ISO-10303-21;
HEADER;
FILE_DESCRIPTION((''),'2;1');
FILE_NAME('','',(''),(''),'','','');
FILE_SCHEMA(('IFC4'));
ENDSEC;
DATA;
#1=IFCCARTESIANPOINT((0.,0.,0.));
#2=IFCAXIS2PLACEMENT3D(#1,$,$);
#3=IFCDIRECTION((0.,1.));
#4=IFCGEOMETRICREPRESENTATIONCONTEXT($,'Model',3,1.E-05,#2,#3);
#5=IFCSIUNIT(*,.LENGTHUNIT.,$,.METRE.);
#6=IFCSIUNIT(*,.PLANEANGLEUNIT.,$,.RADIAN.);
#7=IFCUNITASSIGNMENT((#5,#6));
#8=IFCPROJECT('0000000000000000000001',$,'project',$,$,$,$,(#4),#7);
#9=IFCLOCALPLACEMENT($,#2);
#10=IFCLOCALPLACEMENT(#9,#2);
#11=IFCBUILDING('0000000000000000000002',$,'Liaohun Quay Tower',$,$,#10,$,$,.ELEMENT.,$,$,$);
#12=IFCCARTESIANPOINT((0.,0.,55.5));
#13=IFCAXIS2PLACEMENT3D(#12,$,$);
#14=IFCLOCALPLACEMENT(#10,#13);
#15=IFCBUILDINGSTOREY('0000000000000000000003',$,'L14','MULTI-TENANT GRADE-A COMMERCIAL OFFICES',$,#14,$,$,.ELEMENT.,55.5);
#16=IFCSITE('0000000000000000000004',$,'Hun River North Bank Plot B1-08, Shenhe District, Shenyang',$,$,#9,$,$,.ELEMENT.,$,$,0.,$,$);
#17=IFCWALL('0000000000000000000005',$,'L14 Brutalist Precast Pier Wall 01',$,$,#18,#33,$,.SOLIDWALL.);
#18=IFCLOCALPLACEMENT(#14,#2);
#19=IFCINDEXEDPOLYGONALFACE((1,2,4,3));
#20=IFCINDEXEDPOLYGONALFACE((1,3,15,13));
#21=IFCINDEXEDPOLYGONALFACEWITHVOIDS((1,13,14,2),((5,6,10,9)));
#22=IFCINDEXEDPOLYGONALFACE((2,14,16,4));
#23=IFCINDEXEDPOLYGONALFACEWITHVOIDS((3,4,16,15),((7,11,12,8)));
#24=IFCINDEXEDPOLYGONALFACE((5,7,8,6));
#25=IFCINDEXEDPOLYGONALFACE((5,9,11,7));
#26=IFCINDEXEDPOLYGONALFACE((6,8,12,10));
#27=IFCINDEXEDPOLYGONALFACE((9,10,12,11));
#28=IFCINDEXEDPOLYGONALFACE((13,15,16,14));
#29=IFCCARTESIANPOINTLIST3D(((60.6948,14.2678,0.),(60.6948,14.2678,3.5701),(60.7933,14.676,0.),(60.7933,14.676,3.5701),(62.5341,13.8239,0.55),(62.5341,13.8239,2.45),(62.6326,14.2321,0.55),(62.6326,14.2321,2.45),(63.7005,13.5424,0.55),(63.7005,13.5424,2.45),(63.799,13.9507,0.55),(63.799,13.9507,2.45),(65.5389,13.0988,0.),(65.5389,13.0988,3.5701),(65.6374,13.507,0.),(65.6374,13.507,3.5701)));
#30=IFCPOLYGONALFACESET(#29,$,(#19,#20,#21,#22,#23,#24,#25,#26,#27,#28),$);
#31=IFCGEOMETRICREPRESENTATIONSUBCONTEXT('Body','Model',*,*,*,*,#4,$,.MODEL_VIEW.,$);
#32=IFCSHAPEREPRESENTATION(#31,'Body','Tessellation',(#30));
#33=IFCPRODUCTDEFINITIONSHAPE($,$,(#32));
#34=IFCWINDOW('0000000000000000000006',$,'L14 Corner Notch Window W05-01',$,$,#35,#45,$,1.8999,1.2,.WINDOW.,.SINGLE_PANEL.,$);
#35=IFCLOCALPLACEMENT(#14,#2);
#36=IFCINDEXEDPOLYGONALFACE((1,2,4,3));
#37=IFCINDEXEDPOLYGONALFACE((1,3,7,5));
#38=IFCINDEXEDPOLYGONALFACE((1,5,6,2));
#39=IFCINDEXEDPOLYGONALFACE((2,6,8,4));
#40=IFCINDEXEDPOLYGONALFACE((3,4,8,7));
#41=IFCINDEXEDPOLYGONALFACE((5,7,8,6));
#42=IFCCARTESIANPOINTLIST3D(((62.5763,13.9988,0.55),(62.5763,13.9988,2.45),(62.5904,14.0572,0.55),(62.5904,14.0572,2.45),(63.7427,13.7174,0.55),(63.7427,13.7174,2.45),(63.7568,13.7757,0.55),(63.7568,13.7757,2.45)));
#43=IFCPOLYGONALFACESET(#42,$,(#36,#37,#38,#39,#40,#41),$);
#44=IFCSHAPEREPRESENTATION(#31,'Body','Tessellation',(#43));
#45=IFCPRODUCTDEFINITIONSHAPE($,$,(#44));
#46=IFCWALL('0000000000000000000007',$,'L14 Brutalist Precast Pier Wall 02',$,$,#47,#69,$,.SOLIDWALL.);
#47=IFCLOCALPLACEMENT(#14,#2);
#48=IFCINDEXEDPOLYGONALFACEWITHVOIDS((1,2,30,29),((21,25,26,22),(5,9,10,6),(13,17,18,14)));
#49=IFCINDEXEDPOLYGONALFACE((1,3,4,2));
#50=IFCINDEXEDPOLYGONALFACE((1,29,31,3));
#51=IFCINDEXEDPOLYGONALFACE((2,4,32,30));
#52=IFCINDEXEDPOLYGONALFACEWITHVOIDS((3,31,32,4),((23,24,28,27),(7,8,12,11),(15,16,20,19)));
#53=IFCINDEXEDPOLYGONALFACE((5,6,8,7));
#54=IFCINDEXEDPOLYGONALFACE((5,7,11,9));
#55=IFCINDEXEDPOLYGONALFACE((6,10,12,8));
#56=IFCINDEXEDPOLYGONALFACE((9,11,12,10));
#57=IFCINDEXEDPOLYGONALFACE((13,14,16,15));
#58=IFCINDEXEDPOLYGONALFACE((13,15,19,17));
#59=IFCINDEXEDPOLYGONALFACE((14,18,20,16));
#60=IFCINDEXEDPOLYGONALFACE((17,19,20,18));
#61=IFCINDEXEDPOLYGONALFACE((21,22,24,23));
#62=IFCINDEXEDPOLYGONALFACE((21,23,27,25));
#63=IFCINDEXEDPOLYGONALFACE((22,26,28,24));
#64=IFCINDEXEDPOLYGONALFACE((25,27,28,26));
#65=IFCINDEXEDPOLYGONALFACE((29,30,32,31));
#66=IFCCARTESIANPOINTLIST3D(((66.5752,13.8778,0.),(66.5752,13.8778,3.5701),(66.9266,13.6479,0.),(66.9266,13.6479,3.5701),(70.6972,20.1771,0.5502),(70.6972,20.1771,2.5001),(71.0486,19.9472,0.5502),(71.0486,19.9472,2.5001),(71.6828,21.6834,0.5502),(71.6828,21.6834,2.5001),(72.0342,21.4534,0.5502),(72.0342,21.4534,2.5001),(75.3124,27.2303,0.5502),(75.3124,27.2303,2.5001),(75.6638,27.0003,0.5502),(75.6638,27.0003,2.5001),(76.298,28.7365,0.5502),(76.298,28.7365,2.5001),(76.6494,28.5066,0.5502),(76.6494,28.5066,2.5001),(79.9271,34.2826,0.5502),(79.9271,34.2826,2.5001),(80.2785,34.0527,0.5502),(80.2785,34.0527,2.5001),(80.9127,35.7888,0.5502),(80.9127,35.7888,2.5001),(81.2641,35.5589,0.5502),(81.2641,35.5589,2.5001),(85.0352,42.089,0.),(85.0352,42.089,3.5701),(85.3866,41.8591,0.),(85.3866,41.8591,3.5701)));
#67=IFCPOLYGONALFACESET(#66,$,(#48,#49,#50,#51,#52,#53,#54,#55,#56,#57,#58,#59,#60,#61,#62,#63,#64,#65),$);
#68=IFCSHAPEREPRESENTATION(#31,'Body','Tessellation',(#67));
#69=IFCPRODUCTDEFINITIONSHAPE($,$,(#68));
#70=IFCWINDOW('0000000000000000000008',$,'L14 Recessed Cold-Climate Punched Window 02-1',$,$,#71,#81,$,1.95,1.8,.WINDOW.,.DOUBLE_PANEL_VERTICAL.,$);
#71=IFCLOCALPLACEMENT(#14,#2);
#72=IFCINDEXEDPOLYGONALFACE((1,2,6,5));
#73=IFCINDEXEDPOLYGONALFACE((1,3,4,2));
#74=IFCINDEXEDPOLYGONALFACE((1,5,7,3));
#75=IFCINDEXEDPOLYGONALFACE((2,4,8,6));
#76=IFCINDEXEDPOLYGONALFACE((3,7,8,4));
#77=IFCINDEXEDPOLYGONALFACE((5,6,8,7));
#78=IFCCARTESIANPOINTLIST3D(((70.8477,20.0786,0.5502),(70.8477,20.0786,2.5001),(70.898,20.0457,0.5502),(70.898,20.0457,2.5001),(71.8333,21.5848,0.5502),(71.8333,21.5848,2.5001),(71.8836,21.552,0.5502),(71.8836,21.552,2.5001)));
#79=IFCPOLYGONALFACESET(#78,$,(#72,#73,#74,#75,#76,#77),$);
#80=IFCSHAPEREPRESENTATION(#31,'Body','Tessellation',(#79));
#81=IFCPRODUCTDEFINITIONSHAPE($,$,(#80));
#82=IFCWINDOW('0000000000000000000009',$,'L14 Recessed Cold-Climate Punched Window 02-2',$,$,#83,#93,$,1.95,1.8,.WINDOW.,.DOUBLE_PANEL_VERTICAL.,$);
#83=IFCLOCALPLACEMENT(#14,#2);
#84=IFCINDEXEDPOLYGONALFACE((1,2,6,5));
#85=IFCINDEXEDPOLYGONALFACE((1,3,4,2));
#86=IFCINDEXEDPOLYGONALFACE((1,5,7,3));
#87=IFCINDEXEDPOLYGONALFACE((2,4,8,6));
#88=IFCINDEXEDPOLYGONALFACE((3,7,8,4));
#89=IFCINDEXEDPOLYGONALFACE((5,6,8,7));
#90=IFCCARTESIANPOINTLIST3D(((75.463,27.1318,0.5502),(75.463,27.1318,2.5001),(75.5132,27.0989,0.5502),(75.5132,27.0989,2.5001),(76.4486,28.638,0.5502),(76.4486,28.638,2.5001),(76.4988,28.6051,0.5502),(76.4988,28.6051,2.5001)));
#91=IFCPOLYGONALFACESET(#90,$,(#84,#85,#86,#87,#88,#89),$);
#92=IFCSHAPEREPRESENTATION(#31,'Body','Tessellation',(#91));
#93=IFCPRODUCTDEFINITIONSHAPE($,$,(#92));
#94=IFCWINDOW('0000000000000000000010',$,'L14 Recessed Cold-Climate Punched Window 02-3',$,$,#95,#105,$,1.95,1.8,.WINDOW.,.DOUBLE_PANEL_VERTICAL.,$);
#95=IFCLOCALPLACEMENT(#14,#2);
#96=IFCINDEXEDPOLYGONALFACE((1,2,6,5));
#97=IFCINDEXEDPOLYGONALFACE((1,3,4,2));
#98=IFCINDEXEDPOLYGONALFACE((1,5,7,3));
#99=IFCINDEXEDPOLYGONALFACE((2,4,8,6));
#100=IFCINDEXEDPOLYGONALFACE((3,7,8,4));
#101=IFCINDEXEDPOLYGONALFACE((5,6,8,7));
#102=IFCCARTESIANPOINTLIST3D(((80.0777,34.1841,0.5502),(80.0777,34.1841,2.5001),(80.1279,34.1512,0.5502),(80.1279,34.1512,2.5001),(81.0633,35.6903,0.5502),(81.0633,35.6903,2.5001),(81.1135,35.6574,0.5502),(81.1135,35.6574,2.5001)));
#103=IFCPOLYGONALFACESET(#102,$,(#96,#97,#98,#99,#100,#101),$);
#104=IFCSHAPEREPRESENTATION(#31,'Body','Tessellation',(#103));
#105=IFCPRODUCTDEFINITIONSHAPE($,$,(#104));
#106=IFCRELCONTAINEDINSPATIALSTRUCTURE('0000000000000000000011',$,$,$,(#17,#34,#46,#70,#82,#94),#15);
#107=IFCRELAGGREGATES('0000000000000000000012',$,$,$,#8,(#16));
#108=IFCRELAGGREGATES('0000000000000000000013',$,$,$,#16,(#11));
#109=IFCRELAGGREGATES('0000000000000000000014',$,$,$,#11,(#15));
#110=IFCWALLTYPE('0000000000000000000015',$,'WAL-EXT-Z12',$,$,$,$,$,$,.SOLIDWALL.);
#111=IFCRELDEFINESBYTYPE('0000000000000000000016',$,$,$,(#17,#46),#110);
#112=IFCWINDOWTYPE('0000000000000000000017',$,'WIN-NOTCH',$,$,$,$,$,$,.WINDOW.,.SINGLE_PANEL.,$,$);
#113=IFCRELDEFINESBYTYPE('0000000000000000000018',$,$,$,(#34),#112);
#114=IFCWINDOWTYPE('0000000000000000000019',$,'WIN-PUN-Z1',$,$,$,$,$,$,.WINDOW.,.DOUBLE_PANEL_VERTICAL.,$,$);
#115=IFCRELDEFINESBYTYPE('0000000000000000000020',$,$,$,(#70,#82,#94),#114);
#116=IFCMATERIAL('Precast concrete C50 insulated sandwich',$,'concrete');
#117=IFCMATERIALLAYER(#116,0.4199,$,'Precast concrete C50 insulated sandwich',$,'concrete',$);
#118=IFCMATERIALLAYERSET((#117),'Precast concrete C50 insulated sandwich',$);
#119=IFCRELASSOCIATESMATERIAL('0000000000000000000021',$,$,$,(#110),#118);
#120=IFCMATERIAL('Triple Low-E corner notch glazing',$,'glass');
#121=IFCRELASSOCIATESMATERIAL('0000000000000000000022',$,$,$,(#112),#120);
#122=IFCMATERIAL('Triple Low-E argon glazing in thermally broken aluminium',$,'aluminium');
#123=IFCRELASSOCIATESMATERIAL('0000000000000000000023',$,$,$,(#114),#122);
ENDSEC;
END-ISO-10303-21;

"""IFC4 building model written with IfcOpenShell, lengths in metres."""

from ifc_helpers import new_model, si_unit, direction, frame, frame_2d, origin, place, context, subcontext, project, spatial, rectangle, extrude, source, transform, mapped, material, layer, layer_set, type_object, element, fill, save


model = new_model("IFC4")

# Units and contexts
model_context = context("Model", 3, precision=1e-05, world=origin(), true_north=direction((0.0, 1.0)))
body_context = subcontext(model_context, "Body", "Model", "MODEL_VIEW")
ifc_project = project(units=[si_unit("LENGTHUNIT", "METRE"), si_unit("PLANEANGLEUNIT", "RADIAN")], contexts=[model_context])

# Site, building, storey
site_placement = place(None, origin())
site = spatial("IfcSite", under=ifc_project, at=site_placement, Name="Hun River North Bank Plot B1-08, Shenhe District, Shenyang", CompositionType="ELEMENT", RefElevation=0.0)
building_placement = place(site_placement, origin())
building = spatial("IfcBuilding", under=site, at=building_placement, Name="Liaohun Quay Tower", CompositionType="ELEMENT")
storey_placement = place(building_placement, frame((0.0, 0.0, 55.5)))
storey = spatial("IfcBuildingStorey", under=building, at=storey_placement, Name="L14", Description="MULTI-TENANT GRADE-A COMMERCIAL OFFICES", CompositionType="ELEMENT", Elevation=55.5)

# Wall, opening, window
ifc_material_1 = material(Name="Precast concrete C50 insulated sandwich", Category="concrete")
ifc_layer_1 = layer(ifc_material_1, 0.4199, Name="Precast concrete C50 insulated sandwich", Category="concrete")
ifc_layer_set_1 = layer_set([ifc_layer_1], Name="Precast concrete C50 insulated sandwich")
wall_type_1 = type_object("IfcWallType", Name="WAL-EXT-Z12", PredefinedType="SOLIDWALL", material=ifc_layer_set_1)
wall_1_placement = place(storey_placement, frame((60.7439, 14.4719, 0.0), z_axis=(0.0, 0.0, 1.0), x_axis=(0.972096, -0.234585, 0.0)))
wall_1 = element("IfcWall", 1, at=wall_1_placement, inside=storey, type_object=wall_type_1, Name="L14 Brutalist Precast Pier Wall 01", PredefinedType="SOLIDWALL", context=body_context, shape_type="SweptSolid", body=[
    extrude(rectangle(XDim=4.9832, YDim=0.4199, at=frame_2d((2.4917, 0.0))), origin(), (0.0, 0.0, 1.0), 3.5701),
])
shared_shape_1 = source(origin(), body_context, "Body", "SweptSolid", [
    extrude(rectangle(XDim=1.2, YDim=1.8999, at=frame_2d((0.6001, 0.95))), frame((0.0, 0.22, 0.0), z_axis=(0.0, -1.0, 0.0), x_axis=(1.0, 0.0, 0.0)), (0.0, 0.0, 1.0), 0.4399),
])
opening_1_placement = place(wall_1_placement, frame((1.8921, 0.0, 0.55)))
opening_1 = element("IfcOpeningElement", 2, at=opening_1_placement, cuts=wall_1, PredefinedType="OPENING", context=body_context, shape_type="MappedRepresentation", body=[
    mapped(shared_shape_1, transform((0.0, 0.0, 0.0), x_axis=(1.0, 0.0, 0.0), y_axis=(0.0, 1.0, 0.0), z_axis=(0.0, 0.0, 1.0), scale=1.0)),
])
ifc_material_2 = material(Name="Triple Low-E corner notch glazing", Category="glass")
window_type_1 = type_object("IfcWindowType", Name="WIN-NOTCH", PartitioningType="SINGLE_PANEL", PredefinedType="WINDOW", material=ifc_material_2)
shared_shape_2 = source(origin(), body_context, "Body", "SweptSolid", [
    extrude(rectangle(XDim=1.2, YDim=1.8999, at=frame_2d((0.6001, 0.95))), frame((0.0, 0.03, 0.0), z_axis=(0.0, -1.0, 0.0), x_axis=(1.0, 0.0, 0.0)), (0.0, 0.0, 1.0), 0.0601),
])
window_1_placement = place(opening_1_placement, origin())
window_1 = element("IfcWindow", 3, at=window_1_placement, inside=storey, type_object=window_type_1, Name="L14 Corner Notch Window W05-01", OverallHeight=1.8999, OverallWidth=1.2, PartitioningType="SINGLE_PANEL", PredefinedType="WINDOW", context=body_context, shape_type="MappedRepresentation", body=[
    mapped(shared_shape_2, transform((0.0, 0.0, 0.0), x_axis=(1.0, 0.0, 0.0), y_axis=(0.0, 1.0, 0.0), z_axis=(0.0, 0.0, 1.0), scale=1.0)),
])
fill(opening_1, window_1)

# Wall, openings, windows
wall_2_placement = place(storey_placement, frame((66.751, 13.7629, 0.0), z_axis=(0.0, 0.0, 1.0), x_axis=(0.547544, 0.836777, 0.0)))
wall_2 = element("IfcWall", 4, at=wall_2_placement, inside=storey, type_object=wall_type_1, Name="L14 Brutalist Precast Pier Wall 02", PredefinedType="SOLIDWALL", context=body_context, shape_type="SweptSolid", body=[
    extrude(rectangle(XDim=33.7141, YDim=0.4199, at=frame_2d((16.8569, 0.0))), origin(), (0.0, 0.0, 1.0), 3.5701),
])
shared_shape_3 = source(origin(), body_context, "Body", "SweptSolid", [
    extrude(rectangle(XDim=1.8, YDim=1.95, at=frame_2d((0.8999, 0.9751))), frame((0.0, 0.22, 0.0), z_axis=(0.0, -1.0, 0.0), x_axis=(1.0, 0.0, 0.0)), (0.0, 0.0, 1.0), 0.4399),
])
opening_2_placement = place(wall_2_placement, frame((7.5281, 0.0, 0.55)))
opening_2 = element("IfcOpeningElement", 5, at=opening_2_placement, cuts=wall_2, PredefinedType="OPENING", context=body_context, shape_type="MappedRepresentation", body=[
    mapped(shared_shape_3, transform((0.0, 0.0, 0.0), x_axis=(1.0, 0.0, 0.0), y_axis=(0.0, 1.0, 0.0), z_axis=(0.0, 0.0, 1.0), scale=1.0)),
])
opening_3_placement = place(wall_2_placement, frame((15.957, 0.0, 0.55)))
opening_3 = element("IfcOpeningElement", 6, at=opening_3_placement, cuts=wall_2, PredefinedType="OPENING", context=body_context, shape_type="MappedRepresentation", body=[
    mapped(shared_shape_3, transform((0.0, 0.0, 0.0), x_axis=(1.0, 0.0, 0.0), y_axis=(0.0, 1.0, 0.0), z_axis=(0.0, 0.0, 1.0), scale=1.0)),
])
opening_4_placement = place(wall_2_placement, frame((24.385, 0.0, 0.55)))
opening_4 = element("IfcOpeningElement", 7, at=opening_4_placement, cuts=wall_2, PredefinedType="OPENING", context=body_context, shape_type="MappedRepresentation", body=[
    mapped(shared_shape_3, transform((0.0, 0.0, 0.0), x_axis=(1.0, 0.0, 0.0), y_axis=(0.0, 1.0, 0.0), z_axis=(0.0, 0.0, 1.0), scale=1.0)),
])
ifc_material_3 = material(Name="Triple Low-E argon glazing in thermally broken aluminium", Category="aluminium")
window_type_2 = type_object("IfcWindowType", Name="WIN-PUN-Z1", PartitioningType="DOUBLE_PANEL_VERTICAL", PredefinedType="WINDOW", material=ifc_material_3)
shared_shape_4 = source(origin(), body_context, "Body", "SweptSolid", [
    extrude(rectangle(XDim=1.8, YDim=1.95, at=frame_2d((0.8999, 0.9751))), frame((0.0, 0.03, 0.0), z_axis=(0.0, -1.0, 0.0), x_axis=(1.0, 0.0, 0.0)), (0.0, 0.0, 1.0), 0.0601),
])
window_2_placement = place(opening_2_placement, origin())
window_2 = element("IfcWindow", 8, at=window_2_placement, inside=storey, type_object=window_type_2, Name="L14 Recessed Cold-Climate Punched Window 02-1", OverallHeight=1.95, OverallWidth=1.8, PartitioningType="DOUBLE_PANEL_VERTICAL", PredefinedType="WINDOW", context=body_context, shape_type="MappedRepresentation", body=[
    mapped(shared_shape_4, transform((0.0, 0.0, 0.0), x_axis=(1.0, 0.0, 0.0), y_axis=(0.0, 1.0, 0.0), z_axis=(0.0, 0.0, 1.0), scale=1.0)),
])
fill(opening_2, window_2)
window_3_placement = place(opening_3_placement, origin())
window_3 = element("IfcWindow", 9, at=window_3_placement, inside=storey, type_object=window_type_2, Name="L14 Recessed Cold-Climate Punched Window 02-2", OverallHeight=1.95, OverallWidth=1.8, PartitioningType="DOUBLE_PANEL_VERTICAL", PredefinedType="WINDOW", context=body_context, shape_type="MappedRepresentation", body=[
    mapped(shared_shape_4, transform((0.0, 0.0, 0.0), x_axis=(1.0, 0.0, 0.0), y_axis=(0.0, 1.0, 0.0), z_axis=(0.0, 0.0, 1.0), scale=1.0)),
])
fill(opening_3, window_3)
window_4_placement = place(opening_4_placement, origin())
window_4 = element("IfcWindow", 10, at=window_4_placement, inside=storey, type_object=window_type_2, Name="L14 Recessed Cold-Climate Punched Window 02-3", OverallHeight=1.95, OverallWidth=1.8, PartitioningType="DOUBLE_PANEL_VERTICAL", PredefinedType="WINDOW", context=body_context, shape_type="MappedRepresentation", body=[
    mapped(shared_shape_4, transform((0.0, 0.0, 0.0), x_axis=(1.0, 0.0, 0.0), y_axis=(0.0, 1.0, 0.0), z_axis=(0.0, 0.0, 1.0), scale=1.0)),
])
fill(opening_4, window_4)

save(model, "model.ifc")
